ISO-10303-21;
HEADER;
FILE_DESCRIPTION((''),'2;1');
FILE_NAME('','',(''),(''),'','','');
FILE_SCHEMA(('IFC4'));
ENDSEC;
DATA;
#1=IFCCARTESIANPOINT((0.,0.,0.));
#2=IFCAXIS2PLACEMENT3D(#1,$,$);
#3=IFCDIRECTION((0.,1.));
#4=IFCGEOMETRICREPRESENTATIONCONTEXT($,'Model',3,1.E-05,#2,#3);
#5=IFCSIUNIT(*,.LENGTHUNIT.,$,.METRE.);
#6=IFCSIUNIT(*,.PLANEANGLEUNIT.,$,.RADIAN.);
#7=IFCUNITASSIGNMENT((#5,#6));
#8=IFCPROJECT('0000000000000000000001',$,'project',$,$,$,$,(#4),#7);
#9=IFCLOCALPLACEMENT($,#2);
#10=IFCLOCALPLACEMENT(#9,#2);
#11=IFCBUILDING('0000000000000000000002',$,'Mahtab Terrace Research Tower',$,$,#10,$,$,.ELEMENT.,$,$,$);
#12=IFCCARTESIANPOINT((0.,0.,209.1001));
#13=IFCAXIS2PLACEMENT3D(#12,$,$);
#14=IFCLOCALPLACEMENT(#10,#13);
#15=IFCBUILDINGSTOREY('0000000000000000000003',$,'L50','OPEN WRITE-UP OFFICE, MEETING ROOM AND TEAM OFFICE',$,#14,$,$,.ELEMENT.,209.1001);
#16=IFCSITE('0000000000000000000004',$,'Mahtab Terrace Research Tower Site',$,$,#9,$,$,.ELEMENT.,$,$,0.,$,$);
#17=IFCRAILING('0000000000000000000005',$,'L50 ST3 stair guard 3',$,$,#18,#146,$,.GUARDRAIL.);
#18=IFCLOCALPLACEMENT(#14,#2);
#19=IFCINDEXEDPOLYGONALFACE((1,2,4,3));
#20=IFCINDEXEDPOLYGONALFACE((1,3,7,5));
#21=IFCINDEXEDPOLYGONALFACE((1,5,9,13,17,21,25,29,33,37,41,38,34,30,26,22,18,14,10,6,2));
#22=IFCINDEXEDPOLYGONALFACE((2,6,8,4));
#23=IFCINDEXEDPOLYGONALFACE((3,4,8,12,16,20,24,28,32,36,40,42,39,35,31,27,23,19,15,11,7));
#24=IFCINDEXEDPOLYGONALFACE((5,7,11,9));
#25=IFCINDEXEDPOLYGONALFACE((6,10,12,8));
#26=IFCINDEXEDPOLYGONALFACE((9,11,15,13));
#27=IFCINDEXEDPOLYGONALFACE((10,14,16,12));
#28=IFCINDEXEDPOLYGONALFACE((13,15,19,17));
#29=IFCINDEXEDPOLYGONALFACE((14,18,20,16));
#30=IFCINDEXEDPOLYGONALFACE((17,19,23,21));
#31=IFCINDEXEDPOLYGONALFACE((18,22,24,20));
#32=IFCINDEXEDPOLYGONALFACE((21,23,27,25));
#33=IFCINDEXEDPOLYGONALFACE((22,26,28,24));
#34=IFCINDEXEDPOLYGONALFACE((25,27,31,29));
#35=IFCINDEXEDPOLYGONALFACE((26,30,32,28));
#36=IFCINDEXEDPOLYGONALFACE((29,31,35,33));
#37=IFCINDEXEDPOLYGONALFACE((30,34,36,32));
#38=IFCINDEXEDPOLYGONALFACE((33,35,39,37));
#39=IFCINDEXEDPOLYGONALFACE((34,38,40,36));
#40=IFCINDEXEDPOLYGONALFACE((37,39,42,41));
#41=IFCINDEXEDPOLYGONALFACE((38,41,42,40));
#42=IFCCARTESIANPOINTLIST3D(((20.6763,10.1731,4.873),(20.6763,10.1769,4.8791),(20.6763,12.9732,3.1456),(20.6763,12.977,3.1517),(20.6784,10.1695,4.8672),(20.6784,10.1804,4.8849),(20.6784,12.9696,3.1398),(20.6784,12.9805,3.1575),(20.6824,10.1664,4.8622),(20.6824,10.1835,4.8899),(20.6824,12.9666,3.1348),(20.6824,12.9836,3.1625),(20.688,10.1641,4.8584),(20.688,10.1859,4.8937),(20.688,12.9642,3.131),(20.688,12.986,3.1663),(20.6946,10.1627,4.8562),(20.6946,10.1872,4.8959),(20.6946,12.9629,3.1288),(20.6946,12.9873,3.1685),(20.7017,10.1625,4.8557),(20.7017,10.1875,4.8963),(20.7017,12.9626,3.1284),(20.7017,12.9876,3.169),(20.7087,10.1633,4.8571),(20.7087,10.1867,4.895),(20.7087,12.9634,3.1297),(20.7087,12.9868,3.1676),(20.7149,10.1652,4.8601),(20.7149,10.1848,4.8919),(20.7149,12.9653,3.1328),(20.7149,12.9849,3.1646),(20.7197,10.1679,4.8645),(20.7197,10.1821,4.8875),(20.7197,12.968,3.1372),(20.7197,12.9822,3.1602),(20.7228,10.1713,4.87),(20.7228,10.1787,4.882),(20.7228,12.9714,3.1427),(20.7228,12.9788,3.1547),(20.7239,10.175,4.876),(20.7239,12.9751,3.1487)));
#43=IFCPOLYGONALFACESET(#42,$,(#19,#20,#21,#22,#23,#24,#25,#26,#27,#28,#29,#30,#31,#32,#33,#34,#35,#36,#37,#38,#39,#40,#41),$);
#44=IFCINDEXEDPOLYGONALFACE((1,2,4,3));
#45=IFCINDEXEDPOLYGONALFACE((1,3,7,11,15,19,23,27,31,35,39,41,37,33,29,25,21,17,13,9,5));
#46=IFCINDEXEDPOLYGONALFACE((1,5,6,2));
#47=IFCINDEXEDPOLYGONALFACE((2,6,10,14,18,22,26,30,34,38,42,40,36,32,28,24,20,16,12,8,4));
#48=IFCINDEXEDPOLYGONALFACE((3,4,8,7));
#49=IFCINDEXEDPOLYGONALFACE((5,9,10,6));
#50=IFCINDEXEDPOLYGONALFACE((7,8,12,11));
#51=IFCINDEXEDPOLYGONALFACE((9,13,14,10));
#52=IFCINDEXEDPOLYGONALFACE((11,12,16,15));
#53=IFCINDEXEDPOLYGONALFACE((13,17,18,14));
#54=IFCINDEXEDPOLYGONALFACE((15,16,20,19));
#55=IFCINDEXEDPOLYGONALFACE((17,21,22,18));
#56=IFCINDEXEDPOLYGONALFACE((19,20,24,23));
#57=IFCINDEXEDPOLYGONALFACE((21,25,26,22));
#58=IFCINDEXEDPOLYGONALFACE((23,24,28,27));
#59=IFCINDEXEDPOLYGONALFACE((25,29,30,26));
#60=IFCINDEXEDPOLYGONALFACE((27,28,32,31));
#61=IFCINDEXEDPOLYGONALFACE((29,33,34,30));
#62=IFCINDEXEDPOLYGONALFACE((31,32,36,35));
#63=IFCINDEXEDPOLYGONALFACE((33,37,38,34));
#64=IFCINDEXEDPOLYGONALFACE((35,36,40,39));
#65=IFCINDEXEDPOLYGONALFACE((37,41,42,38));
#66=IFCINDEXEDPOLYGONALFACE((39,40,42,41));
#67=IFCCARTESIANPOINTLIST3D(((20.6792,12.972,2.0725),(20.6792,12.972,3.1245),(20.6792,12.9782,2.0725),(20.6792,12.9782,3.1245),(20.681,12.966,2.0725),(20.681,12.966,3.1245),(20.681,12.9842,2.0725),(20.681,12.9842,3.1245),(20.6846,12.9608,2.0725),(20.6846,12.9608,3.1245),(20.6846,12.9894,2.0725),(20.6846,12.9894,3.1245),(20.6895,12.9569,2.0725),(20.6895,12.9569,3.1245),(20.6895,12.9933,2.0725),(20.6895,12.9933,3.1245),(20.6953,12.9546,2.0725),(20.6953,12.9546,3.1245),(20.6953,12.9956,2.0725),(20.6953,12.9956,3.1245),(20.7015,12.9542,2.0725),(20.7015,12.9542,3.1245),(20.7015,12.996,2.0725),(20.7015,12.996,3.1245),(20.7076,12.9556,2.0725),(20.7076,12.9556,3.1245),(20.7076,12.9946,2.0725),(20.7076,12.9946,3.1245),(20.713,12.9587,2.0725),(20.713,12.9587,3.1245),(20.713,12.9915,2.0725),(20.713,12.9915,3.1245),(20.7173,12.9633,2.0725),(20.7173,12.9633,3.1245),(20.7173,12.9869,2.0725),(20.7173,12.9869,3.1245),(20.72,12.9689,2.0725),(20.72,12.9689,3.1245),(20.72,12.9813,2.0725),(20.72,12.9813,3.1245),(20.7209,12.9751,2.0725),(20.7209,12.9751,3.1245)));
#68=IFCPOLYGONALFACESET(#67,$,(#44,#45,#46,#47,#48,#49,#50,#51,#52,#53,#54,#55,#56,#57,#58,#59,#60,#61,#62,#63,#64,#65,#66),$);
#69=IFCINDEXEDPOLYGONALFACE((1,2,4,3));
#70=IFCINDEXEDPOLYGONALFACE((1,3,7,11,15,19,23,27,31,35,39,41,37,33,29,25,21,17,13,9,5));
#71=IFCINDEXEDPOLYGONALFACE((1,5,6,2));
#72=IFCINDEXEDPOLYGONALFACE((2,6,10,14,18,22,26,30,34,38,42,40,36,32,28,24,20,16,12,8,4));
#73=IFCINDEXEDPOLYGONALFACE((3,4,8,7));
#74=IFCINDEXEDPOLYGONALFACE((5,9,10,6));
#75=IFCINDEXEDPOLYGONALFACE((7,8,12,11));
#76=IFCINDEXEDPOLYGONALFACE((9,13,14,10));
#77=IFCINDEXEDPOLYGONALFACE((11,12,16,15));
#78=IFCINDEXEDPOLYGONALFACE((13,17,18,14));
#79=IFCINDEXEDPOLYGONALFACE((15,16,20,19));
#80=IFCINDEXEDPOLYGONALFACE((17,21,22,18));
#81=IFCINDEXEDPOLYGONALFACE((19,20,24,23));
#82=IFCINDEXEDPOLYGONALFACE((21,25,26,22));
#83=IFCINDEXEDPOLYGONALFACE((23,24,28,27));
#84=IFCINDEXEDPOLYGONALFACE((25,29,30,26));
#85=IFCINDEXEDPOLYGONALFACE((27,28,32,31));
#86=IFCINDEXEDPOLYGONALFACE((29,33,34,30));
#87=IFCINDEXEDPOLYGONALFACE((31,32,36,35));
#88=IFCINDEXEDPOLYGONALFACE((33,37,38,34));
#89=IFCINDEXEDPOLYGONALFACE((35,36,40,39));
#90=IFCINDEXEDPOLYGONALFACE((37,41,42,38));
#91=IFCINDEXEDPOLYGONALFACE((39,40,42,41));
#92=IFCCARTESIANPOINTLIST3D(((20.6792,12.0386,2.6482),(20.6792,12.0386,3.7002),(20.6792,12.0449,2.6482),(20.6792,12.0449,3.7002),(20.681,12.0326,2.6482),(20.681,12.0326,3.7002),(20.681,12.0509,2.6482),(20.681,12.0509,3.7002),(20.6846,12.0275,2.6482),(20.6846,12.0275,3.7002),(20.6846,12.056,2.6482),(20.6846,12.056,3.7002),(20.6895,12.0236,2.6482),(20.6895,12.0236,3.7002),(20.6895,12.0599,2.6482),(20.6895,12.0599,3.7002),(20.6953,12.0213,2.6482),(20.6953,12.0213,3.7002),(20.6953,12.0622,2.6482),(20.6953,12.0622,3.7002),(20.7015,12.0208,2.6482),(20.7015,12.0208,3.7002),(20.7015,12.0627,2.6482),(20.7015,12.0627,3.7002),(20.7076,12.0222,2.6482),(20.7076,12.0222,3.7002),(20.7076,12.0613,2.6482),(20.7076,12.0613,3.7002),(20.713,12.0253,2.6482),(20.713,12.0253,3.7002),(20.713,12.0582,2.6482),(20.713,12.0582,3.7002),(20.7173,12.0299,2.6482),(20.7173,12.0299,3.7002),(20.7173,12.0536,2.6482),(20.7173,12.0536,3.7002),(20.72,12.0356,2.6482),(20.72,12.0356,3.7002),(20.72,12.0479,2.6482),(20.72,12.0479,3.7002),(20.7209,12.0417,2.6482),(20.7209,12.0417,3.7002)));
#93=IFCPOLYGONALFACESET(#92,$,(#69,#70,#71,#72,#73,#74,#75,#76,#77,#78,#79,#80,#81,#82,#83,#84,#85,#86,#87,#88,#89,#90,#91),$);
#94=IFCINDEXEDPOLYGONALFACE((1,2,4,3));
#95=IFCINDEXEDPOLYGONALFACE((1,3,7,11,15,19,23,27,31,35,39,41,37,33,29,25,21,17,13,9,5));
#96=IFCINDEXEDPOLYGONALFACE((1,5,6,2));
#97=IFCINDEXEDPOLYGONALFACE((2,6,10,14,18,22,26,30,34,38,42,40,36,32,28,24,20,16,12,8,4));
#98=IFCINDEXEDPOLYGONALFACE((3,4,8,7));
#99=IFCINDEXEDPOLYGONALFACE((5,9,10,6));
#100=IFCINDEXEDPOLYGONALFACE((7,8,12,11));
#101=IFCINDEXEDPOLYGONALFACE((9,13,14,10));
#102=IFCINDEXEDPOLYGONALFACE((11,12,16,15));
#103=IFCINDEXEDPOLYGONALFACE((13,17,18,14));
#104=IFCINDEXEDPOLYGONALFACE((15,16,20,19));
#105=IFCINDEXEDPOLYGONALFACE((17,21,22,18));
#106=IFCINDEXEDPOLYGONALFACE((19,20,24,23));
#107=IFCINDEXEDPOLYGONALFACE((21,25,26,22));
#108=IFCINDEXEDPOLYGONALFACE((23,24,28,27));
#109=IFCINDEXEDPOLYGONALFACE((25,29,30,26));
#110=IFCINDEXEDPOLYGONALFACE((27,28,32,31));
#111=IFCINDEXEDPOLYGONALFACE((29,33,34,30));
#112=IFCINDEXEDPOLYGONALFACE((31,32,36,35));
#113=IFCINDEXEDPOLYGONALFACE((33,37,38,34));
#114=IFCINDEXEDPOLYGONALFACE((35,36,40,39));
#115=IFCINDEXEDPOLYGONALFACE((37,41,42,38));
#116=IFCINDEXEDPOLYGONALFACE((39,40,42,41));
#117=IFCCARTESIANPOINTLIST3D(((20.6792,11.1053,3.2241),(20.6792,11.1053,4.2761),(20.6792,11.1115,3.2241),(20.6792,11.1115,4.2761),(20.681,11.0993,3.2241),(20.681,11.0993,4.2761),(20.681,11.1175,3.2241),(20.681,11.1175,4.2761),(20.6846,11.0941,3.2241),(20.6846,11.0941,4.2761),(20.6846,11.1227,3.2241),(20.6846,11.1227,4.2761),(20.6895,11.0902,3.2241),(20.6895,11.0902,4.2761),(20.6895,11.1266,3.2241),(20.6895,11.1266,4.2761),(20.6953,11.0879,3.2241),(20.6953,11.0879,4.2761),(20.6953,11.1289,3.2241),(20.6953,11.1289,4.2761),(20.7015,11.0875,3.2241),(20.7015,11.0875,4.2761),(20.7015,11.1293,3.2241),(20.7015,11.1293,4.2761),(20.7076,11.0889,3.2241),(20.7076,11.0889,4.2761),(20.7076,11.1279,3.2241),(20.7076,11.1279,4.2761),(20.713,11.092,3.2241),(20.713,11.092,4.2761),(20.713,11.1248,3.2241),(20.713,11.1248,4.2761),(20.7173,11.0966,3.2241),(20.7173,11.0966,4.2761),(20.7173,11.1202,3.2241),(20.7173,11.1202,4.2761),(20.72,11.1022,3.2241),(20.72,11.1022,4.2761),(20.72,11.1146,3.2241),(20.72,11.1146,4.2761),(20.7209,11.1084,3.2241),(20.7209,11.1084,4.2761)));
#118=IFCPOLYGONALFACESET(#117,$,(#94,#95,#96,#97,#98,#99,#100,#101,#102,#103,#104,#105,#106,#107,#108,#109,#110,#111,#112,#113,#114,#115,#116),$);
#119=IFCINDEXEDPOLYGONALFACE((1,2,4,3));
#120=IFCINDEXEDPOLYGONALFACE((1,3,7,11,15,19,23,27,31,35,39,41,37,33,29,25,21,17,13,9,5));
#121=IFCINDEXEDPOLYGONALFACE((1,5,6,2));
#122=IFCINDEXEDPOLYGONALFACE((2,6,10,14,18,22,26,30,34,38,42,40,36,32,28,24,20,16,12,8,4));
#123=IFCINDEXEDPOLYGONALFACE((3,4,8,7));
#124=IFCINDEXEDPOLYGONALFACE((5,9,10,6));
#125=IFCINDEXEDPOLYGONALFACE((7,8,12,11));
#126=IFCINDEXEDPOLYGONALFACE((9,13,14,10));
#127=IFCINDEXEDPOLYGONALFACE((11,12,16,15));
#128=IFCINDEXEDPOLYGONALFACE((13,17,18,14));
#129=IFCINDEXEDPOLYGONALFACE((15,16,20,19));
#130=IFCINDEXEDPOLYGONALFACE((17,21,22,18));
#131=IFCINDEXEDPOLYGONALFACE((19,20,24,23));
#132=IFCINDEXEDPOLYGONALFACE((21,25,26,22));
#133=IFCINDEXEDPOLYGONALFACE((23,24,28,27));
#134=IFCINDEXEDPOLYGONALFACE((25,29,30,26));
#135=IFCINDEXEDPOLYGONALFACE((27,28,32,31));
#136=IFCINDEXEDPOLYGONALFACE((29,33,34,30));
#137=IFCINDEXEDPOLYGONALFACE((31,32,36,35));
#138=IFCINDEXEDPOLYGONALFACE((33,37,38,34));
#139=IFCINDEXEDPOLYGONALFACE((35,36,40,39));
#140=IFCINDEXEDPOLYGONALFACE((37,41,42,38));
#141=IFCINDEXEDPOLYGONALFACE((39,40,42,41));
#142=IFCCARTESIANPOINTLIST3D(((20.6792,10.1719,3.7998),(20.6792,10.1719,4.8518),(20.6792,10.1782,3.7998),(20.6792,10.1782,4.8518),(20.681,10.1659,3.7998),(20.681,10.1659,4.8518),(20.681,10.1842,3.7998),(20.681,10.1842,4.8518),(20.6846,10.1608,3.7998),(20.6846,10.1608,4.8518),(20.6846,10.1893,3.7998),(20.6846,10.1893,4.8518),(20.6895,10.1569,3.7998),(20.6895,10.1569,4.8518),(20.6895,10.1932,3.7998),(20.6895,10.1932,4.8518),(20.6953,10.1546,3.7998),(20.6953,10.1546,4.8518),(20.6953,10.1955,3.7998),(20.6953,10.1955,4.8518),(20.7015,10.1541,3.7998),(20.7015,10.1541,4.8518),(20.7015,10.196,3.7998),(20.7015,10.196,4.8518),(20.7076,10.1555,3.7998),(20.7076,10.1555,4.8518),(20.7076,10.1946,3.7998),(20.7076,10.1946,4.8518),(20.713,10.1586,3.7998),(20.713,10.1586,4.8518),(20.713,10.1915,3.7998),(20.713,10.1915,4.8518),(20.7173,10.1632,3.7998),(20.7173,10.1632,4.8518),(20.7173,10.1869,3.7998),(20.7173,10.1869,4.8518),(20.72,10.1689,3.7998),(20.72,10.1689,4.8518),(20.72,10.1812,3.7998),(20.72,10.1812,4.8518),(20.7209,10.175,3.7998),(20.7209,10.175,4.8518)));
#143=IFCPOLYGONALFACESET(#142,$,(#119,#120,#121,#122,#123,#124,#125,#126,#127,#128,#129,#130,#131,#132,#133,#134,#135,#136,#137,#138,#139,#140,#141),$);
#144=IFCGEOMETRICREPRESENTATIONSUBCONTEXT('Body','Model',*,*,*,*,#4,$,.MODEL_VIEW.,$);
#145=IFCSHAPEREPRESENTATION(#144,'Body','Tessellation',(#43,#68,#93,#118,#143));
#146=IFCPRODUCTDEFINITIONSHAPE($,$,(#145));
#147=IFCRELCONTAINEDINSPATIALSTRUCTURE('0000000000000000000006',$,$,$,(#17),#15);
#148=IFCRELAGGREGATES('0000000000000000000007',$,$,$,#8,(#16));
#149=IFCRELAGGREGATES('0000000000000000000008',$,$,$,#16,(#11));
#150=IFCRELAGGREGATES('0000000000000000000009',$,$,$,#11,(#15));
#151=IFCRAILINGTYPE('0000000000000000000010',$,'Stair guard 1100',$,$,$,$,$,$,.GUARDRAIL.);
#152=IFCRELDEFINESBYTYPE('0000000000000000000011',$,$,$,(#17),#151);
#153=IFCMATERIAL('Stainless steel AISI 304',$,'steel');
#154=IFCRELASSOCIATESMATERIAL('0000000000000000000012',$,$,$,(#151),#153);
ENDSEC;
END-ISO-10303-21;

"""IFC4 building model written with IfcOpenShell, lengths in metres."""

from ifc_helpers import new_model, si_unit, direction, frame, origin, origin_2d, place, context, subcontext, project, spatial, circle, extrude, material, type_object, element, save


model = new_model("IFC4")

# Units and contexts
model_context = context("Model", 3, precision=1e-05, world=origin(), true_north=direction((0.0, 1.0)))
body_context = subcontext(model_context, "Body", "Model", "MODEL_VIEW")
ifc_project = project(units=[si_unit("LENGTHUNIT", "METRE"), si_unit("PLANEANGLEUNIT", "RADIAN")], contexts=[model_context])

# Site, building, storey
site_placement = place(None, origin())
site = spatial("IfcSite", under=ifc_project, at=site_placement, Name="Mahtab Terrace Research Tower Site", CompositionType="ELEMENT", RefElevation=0.0)
building_placement = place(site_placement, origin())
building = spatial("IfcBuilding", under=site, at=building_placement, Name="Mahtab Terrace Research Tower", CompositionType="ELEMENT")
storey_placement = place(building_placement, frame((0.0, 0.0, 209.1001)))
storey = spatial("IfcBuildingStorey", under=building, at=storey_placement, Name="L50", Description="OPEN WRITE-UP OFFICE, MEETING ROOM AND TEAM OFFICE", CompositionType="ELEMENT", Elevation=209.1001)

# Shared definitions
ifc_material_1 = material(Name="Stainless steel AISI 304", Category="steel")

# Railing
railing_type_1 = type_object("IfcRailingType", Name="Stair guard 1100", PredefinedType="GUARDRAIL", material=ifc_material_1)
railing_1_placement = place(storey_placement, frame((20.7, 12.9751, 2.0725)))
element("IfcRailing", 1, at=railing_1_placement, inside=storey, type_object=railing_type_1, Name="L50 ST3 stair guard 3", PredefinedType="GUARDRAIL", context=body_context, shape_type="SweptSolid", body=[
    extrude(circle(Radius=0.0239, at=origin_2d()), frame((0.0, 0.0, 1.0762), z_axis=(0.0, -0.85109, 0.52502), x_axis=(1.0, 0.0, 0.0)), (0.0, 0.0, 1.0), 3.29),
    extrude(circle(Radius=0.021, at=origin_2d()), origin(), (0.0, 0.0, 1.0), 1.052),
    extrude(circle(Radius=0.021, at=origin_2d()), frame((0.0, -0.9333, 0.5757)), (0.0, 0.0, 1.0), 1.052),
    extrude(circle(Radius=0.021, at=origin_2d()), frame((0.0, -1.8667, 1.1516)), (0.0, 0.0, 1.0), 1.052),
    extrude(circle(Radius=0.021, at=origin_2d()), frame((0.0, -2.8, 1.7273)), (0.0, 0.0, 1.0), 1.052),
])

save(model, "model.ifc")
